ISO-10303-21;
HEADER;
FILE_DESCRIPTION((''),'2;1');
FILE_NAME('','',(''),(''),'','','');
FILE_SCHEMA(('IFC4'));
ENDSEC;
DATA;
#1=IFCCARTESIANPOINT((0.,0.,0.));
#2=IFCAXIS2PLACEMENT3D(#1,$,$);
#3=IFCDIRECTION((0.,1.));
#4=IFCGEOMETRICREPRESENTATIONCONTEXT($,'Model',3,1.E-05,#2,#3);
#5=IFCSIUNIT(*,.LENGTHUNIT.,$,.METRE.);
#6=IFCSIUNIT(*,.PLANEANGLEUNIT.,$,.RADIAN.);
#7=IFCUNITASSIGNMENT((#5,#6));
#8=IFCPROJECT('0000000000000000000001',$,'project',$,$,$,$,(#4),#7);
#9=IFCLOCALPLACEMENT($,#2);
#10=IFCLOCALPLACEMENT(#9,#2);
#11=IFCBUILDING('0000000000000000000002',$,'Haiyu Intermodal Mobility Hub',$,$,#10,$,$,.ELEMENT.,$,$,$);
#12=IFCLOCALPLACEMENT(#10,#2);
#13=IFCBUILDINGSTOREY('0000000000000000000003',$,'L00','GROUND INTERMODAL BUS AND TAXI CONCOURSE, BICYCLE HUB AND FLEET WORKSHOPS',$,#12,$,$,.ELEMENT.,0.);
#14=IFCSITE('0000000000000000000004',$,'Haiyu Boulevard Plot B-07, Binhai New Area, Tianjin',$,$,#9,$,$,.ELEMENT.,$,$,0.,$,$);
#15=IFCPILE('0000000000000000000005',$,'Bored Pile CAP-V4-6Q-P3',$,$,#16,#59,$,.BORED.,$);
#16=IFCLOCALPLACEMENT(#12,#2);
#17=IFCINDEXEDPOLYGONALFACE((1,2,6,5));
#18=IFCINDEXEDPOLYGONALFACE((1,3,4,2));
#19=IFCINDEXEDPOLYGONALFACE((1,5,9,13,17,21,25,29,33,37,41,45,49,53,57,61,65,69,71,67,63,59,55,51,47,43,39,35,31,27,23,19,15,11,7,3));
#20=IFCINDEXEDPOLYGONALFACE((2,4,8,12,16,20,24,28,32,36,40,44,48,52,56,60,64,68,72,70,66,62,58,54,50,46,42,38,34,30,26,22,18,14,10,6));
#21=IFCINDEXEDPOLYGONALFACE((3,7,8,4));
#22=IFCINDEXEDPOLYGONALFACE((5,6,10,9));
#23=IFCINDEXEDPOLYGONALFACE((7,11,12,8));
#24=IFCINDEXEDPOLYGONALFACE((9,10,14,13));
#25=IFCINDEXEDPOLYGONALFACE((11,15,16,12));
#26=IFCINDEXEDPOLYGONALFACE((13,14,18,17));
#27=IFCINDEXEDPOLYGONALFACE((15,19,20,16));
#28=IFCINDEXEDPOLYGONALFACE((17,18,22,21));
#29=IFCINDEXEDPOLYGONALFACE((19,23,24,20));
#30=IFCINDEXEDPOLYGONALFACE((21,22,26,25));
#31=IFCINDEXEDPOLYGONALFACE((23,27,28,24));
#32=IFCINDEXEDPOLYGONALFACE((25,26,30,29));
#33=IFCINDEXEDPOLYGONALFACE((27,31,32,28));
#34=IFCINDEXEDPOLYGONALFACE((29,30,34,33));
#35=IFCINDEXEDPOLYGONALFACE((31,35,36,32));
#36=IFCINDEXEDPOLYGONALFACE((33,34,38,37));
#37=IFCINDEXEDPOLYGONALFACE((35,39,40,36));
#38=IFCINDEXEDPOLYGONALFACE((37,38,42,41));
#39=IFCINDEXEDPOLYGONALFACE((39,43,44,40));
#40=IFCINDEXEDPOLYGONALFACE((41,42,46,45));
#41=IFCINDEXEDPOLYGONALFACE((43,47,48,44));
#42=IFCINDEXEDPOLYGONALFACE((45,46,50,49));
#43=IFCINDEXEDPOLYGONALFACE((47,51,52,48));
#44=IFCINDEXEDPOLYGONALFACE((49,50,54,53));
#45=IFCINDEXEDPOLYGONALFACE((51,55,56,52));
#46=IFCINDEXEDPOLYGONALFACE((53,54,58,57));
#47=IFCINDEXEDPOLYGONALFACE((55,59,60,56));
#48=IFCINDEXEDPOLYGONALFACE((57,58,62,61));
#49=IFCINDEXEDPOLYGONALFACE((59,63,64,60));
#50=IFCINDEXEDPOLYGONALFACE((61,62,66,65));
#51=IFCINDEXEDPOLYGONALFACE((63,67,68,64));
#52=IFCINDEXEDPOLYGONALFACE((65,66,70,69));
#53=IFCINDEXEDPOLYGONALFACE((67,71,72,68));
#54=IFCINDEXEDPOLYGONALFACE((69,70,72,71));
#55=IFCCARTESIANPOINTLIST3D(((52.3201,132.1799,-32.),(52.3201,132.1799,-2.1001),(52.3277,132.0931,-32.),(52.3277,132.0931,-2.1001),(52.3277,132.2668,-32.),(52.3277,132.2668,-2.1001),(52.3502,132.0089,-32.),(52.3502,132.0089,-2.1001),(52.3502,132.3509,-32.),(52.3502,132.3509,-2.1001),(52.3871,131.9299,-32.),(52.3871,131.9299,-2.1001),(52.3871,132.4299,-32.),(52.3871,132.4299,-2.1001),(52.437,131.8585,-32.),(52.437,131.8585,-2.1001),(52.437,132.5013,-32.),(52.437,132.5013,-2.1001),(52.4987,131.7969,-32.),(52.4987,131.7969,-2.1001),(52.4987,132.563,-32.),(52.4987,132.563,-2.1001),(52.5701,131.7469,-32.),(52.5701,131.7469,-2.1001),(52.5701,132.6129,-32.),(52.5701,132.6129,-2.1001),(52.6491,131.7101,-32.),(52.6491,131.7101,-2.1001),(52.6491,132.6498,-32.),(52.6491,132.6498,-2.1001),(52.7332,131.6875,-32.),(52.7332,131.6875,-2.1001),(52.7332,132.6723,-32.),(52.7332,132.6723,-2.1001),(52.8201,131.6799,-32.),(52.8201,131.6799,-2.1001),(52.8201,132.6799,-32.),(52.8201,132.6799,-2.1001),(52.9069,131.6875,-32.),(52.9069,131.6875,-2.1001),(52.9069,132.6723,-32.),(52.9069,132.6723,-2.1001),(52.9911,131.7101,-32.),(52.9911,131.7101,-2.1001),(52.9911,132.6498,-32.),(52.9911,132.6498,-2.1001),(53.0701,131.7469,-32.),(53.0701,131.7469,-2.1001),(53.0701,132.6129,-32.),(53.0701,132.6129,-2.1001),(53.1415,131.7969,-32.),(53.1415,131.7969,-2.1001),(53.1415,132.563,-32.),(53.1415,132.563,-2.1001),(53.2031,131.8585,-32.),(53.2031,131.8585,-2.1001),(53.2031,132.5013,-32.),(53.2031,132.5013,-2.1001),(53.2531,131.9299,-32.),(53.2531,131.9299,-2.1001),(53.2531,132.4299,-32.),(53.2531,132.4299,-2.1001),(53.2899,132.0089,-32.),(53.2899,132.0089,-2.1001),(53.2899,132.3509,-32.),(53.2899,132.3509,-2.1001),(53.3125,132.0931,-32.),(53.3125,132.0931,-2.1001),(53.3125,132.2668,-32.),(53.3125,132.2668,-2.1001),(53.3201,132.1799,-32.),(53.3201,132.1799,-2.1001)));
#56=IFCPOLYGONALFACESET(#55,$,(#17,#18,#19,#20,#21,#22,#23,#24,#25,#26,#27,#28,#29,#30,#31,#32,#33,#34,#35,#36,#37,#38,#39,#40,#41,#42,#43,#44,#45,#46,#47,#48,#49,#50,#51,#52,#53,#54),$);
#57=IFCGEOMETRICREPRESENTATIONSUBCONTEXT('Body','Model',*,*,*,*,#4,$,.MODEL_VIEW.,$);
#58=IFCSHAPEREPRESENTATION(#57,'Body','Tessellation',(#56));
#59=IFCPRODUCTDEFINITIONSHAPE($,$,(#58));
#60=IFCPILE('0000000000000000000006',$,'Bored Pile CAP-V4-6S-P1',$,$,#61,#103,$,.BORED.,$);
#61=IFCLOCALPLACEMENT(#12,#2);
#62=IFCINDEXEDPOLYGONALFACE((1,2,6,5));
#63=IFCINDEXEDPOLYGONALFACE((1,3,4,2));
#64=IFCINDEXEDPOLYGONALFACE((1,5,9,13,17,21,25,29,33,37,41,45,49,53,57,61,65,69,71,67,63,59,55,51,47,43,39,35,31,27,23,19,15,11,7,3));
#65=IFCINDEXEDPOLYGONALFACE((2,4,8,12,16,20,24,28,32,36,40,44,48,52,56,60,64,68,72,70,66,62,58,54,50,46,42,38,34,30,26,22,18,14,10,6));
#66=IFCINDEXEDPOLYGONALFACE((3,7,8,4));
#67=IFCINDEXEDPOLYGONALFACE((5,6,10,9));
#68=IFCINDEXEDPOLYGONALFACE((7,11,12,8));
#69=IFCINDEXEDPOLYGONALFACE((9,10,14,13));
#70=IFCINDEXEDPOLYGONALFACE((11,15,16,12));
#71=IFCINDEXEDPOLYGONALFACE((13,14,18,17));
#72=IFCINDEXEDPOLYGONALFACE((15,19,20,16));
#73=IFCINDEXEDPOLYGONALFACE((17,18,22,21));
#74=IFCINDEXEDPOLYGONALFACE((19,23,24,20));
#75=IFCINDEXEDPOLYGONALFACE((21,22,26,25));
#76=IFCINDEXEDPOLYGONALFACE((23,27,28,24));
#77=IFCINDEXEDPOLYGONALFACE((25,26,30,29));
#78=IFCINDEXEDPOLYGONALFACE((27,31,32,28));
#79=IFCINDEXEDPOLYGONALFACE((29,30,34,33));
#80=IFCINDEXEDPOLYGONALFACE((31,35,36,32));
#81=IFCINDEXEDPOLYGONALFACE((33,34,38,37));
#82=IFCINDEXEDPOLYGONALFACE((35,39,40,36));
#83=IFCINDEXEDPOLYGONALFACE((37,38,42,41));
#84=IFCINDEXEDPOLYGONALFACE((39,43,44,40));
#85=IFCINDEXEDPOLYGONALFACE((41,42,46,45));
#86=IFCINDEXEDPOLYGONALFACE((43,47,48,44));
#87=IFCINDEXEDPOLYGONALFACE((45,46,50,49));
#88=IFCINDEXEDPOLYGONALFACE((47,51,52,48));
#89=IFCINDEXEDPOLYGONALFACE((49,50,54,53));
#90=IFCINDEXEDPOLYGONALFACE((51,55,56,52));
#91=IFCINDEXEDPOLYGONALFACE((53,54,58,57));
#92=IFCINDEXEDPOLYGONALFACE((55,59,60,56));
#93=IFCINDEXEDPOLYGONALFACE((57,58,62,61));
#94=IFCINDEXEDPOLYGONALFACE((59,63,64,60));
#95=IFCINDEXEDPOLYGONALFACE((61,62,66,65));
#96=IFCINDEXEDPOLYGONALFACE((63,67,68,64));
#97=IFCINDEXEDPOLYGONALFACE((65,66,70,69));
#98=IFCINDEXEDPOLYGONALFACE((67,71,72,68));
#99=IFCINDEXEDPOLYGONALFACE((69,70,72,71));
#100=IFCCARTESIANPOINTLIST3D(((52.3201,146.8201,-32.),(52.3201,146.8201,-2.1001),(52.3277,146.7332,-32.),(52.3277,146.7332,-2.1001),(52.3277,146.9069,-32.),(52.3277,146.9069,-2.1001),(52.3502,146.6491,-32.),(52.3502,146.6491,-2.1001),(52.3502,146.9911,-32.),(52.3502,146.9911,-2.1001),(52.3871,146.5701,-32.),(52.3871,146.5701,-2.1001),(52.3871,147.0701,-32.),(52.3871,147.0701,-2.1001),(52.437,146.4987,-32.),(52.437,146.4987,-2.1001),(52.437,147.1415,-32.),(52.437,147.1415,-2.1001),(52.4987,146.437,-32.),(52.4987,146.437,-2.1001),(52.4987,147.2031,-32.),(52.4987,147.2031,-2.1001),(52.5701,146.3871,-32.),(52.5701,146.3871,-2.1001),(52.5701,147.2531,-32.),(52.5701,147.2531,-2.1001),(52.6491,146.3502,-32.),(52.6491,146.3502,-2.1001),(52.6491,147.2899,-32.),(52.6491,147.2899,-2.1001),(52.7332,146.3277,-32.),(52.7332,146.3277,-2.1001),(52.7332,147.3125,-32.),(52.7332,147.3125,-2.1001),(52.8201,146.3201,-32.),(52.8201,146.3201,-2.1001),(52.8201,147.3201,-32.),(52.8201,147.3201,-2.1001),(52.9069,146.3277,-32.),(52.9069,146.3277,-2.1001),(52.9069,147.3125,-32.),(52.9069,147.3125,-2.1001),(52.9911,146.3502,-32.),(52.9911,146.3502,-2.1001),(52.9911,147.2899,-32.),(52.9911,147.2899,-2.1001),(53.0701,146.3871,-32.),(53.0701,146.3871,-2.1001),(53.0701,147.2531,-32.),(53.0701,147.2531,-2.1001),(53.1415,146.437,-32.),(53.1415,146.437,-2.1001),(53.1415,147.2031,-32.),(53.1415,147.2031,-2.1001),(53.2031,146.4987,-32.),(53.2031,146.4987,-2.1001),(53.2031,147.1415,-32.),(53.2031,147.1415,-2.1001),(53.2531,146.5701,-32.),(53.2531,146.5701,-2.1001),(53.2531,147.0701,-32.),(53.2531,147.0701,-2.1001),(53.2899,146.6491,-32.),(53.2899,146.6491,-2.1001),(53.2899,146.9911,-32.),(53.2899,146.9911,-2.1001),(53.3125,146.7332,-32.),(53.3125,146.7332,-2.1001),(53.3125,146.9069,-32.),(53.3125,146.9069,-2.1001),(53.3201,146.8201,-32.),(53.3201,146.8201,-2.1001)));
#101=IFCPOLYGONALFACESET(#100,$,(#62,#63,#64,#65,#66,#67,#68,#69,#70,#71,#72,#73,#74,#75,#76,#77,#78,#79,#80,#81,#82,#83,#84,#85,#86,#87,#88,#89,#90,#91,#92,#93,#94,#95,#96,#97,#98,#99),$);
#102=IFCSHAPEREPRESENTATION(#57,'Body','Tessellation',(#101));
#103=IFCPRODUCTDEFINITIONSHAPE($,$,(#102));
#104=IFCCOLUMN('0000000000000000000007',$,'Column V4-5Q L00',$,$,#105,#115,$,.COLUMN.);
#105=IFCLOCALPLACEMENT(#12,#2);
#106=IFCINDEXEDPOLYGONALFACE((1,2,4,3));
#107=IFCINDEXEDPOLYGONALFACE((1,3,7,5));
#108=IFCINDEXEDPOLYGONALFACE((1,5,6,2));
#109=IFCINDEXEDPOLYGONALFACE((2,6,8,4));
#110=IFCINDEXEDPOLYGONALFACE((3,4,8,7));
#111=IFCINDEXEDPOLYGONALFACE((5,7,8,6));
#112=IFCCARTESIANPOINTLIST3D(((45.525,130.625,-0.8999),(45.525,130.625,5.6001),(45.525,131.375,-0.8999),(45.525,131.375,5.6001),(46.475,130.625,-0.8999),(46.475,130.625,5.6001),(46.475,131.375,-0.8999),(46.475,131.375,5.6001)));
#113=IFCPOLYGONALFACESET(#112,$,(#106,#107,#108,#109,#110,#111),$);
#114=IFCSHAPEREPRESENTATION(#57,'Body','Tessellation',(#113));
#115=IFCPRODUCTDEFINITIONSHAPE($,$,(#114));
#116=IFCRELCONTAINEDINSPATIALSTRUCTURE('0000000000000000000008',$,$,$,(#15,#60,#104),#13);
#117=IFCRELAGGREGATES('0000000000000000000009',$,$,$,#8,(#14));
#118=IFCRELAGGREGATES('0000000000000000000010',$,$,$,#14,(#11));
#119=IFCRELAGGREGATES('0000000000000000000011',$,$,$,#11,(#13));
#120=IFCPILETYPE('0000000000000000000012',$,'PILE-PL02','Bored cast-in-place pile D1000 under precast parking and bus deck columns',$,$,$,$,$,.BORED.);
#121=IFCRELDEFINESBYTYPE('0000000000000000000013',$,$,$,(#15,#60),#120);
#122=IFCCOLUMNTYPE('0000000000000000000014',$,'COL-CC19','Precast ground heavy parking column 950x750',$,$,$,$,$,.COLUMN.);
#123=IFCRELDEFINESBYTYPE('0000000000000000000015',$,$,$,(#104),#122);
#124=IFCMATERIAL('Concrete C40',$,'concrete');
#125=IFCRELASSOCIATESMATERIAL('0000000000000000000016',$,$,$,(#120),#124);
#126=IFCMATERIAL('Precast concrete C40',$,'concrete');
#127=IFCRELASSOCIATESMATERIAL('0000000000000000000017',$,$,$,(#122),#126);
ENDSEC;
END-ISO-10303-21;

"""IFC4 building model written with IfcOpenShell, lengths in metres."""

from ifc_helpers import new_model, si_unit, direction, frame, origin, origin_2d, place, context, subcontext, project, spatial, rectangle, circle, extrude, material, material_profile, profile_set, type_object, element, save


model = new_model("IFC4")

# Units and contexts
model_context = context("Model", 3, precision=1e-05, world=origin(), true_north=direction((0.0, 1.0)))
body_context = subcontext(model_context, "Body", "Model", "MODEL_VIEW")
ifc_project = project(units=[si_unit("LENGTHUNIT", "METRE"), si_unit("PLANEANGLEUNIT", "RADIAN")], contexts=[model_context])

# Site, building, storey
site_placement = place(None, origin())
site = spatial("IfcSite", under=ifc_project, at=site_placement, Name="Haiyu Boulevard Plot B-07, Binhai New Area, Tianjin", CompositionType="ELEMENT", RefElevation=0.0)
building_placement = place(site_placement, origin())
building = spatial("IfcBuilding", under=site, at=building_placement, Name="Haiyu Intermodal Mobility Hub", CompositionType="ELEMENT")
storey_placement = place(building_placement, origin())
storey = spatial("IfcBuildingStorey", under=building, at=storey_placement, Name="L00", Description="GROUND INTERMODAL BUS AND TAXI CONCOURSE, BICYCLE HUB AND FLEET WORKSHOPS", CompositionType="ELEMENT", Elevation=0.0)

# Shared definitions
ifc_material_1 = material(Name="Concrete C40", Category="concrete")

# Piles
ifc_material_profile_1 = material_profile(ifc_material_1, circle(Radius=0.5, at=origin_2d()), Name="PILE-D1000")
ifc_profile_set_1 = profile_set([ifc_material_profile_1], Name="Concrete C40")
pile_type = type_object("IfcPileType", Name="PILE-PL02", Description="Bored cast-in-place pile D1000 under precast parking and bus deck columns", PredefinedType="BORED", material=ifc_profile_set_1)
for number, where, z_axis, x_axis, name in (
    (1, (52.8201, 132.1799, -2.1001), (0.0, 0.0, -1.0), (1.0, 0.0, 0.0), "Bored Pile CAP-V4-6Q-P3"),
    (2, (52.8201, 146.8201, -2.1001), (0.0, 0.0, -1.0), (1.0, 0.0, 0.0), "Bored Pile CAP-V4-6S-P1"),
):
    element("IfcPile", number, at=place(storey_placement, frame(where, z_axis=z_axis, x_axis=x_axis)), inside=storey, type_object=pile_type, Name=name, PredefinedType="BORED", context=body_context, shape_type="SweptSolid", body=[
        extrude(circle(Radius=0.5, at=origin_2d()), origin(), (0.0, 0.0, 1.0), 29.8999),
    ])

# Column
ifc_material_2 = material(Name="Precast concrete C40", Category="concrete")
ifc_material_profile_2 = material_profile(ifc_material_2, rectangle(XDim=0.95, YDim=0.75, at=origin_2d()), Name="C950x750")
ifc_profile_set_2 = profile_set([ifc_material_profile_2], Name="Precast concrete C40")
column_type = type_object("IfcColumnType", Name="COL-CC19", Description="Precast ground heavy parking column 950x750", PredefinedType="COLUMN", material=ifc_profile_set_2)
column_placement = place(storey_placement, frame((46.0, 131.0, -0.8999), z_axis=(0.0, 0.0, 1.0), x_axis=(1.0, 0.0, 0.0)))
element("IfcColumn", 3, at=column_placement, inside=storey, type_object=column_type, Name="Column V4-5Q L00", PredefinedType="COLUMN", context=body_context, shape_type="SweptSolid", body=[
    extrude(rectangle(XDim=0.95, YDim=0.75, at=origin_2d()), origin(), (0.0, 0.0, 1.0), 6.5),
])

save(model, "model.ifc")
